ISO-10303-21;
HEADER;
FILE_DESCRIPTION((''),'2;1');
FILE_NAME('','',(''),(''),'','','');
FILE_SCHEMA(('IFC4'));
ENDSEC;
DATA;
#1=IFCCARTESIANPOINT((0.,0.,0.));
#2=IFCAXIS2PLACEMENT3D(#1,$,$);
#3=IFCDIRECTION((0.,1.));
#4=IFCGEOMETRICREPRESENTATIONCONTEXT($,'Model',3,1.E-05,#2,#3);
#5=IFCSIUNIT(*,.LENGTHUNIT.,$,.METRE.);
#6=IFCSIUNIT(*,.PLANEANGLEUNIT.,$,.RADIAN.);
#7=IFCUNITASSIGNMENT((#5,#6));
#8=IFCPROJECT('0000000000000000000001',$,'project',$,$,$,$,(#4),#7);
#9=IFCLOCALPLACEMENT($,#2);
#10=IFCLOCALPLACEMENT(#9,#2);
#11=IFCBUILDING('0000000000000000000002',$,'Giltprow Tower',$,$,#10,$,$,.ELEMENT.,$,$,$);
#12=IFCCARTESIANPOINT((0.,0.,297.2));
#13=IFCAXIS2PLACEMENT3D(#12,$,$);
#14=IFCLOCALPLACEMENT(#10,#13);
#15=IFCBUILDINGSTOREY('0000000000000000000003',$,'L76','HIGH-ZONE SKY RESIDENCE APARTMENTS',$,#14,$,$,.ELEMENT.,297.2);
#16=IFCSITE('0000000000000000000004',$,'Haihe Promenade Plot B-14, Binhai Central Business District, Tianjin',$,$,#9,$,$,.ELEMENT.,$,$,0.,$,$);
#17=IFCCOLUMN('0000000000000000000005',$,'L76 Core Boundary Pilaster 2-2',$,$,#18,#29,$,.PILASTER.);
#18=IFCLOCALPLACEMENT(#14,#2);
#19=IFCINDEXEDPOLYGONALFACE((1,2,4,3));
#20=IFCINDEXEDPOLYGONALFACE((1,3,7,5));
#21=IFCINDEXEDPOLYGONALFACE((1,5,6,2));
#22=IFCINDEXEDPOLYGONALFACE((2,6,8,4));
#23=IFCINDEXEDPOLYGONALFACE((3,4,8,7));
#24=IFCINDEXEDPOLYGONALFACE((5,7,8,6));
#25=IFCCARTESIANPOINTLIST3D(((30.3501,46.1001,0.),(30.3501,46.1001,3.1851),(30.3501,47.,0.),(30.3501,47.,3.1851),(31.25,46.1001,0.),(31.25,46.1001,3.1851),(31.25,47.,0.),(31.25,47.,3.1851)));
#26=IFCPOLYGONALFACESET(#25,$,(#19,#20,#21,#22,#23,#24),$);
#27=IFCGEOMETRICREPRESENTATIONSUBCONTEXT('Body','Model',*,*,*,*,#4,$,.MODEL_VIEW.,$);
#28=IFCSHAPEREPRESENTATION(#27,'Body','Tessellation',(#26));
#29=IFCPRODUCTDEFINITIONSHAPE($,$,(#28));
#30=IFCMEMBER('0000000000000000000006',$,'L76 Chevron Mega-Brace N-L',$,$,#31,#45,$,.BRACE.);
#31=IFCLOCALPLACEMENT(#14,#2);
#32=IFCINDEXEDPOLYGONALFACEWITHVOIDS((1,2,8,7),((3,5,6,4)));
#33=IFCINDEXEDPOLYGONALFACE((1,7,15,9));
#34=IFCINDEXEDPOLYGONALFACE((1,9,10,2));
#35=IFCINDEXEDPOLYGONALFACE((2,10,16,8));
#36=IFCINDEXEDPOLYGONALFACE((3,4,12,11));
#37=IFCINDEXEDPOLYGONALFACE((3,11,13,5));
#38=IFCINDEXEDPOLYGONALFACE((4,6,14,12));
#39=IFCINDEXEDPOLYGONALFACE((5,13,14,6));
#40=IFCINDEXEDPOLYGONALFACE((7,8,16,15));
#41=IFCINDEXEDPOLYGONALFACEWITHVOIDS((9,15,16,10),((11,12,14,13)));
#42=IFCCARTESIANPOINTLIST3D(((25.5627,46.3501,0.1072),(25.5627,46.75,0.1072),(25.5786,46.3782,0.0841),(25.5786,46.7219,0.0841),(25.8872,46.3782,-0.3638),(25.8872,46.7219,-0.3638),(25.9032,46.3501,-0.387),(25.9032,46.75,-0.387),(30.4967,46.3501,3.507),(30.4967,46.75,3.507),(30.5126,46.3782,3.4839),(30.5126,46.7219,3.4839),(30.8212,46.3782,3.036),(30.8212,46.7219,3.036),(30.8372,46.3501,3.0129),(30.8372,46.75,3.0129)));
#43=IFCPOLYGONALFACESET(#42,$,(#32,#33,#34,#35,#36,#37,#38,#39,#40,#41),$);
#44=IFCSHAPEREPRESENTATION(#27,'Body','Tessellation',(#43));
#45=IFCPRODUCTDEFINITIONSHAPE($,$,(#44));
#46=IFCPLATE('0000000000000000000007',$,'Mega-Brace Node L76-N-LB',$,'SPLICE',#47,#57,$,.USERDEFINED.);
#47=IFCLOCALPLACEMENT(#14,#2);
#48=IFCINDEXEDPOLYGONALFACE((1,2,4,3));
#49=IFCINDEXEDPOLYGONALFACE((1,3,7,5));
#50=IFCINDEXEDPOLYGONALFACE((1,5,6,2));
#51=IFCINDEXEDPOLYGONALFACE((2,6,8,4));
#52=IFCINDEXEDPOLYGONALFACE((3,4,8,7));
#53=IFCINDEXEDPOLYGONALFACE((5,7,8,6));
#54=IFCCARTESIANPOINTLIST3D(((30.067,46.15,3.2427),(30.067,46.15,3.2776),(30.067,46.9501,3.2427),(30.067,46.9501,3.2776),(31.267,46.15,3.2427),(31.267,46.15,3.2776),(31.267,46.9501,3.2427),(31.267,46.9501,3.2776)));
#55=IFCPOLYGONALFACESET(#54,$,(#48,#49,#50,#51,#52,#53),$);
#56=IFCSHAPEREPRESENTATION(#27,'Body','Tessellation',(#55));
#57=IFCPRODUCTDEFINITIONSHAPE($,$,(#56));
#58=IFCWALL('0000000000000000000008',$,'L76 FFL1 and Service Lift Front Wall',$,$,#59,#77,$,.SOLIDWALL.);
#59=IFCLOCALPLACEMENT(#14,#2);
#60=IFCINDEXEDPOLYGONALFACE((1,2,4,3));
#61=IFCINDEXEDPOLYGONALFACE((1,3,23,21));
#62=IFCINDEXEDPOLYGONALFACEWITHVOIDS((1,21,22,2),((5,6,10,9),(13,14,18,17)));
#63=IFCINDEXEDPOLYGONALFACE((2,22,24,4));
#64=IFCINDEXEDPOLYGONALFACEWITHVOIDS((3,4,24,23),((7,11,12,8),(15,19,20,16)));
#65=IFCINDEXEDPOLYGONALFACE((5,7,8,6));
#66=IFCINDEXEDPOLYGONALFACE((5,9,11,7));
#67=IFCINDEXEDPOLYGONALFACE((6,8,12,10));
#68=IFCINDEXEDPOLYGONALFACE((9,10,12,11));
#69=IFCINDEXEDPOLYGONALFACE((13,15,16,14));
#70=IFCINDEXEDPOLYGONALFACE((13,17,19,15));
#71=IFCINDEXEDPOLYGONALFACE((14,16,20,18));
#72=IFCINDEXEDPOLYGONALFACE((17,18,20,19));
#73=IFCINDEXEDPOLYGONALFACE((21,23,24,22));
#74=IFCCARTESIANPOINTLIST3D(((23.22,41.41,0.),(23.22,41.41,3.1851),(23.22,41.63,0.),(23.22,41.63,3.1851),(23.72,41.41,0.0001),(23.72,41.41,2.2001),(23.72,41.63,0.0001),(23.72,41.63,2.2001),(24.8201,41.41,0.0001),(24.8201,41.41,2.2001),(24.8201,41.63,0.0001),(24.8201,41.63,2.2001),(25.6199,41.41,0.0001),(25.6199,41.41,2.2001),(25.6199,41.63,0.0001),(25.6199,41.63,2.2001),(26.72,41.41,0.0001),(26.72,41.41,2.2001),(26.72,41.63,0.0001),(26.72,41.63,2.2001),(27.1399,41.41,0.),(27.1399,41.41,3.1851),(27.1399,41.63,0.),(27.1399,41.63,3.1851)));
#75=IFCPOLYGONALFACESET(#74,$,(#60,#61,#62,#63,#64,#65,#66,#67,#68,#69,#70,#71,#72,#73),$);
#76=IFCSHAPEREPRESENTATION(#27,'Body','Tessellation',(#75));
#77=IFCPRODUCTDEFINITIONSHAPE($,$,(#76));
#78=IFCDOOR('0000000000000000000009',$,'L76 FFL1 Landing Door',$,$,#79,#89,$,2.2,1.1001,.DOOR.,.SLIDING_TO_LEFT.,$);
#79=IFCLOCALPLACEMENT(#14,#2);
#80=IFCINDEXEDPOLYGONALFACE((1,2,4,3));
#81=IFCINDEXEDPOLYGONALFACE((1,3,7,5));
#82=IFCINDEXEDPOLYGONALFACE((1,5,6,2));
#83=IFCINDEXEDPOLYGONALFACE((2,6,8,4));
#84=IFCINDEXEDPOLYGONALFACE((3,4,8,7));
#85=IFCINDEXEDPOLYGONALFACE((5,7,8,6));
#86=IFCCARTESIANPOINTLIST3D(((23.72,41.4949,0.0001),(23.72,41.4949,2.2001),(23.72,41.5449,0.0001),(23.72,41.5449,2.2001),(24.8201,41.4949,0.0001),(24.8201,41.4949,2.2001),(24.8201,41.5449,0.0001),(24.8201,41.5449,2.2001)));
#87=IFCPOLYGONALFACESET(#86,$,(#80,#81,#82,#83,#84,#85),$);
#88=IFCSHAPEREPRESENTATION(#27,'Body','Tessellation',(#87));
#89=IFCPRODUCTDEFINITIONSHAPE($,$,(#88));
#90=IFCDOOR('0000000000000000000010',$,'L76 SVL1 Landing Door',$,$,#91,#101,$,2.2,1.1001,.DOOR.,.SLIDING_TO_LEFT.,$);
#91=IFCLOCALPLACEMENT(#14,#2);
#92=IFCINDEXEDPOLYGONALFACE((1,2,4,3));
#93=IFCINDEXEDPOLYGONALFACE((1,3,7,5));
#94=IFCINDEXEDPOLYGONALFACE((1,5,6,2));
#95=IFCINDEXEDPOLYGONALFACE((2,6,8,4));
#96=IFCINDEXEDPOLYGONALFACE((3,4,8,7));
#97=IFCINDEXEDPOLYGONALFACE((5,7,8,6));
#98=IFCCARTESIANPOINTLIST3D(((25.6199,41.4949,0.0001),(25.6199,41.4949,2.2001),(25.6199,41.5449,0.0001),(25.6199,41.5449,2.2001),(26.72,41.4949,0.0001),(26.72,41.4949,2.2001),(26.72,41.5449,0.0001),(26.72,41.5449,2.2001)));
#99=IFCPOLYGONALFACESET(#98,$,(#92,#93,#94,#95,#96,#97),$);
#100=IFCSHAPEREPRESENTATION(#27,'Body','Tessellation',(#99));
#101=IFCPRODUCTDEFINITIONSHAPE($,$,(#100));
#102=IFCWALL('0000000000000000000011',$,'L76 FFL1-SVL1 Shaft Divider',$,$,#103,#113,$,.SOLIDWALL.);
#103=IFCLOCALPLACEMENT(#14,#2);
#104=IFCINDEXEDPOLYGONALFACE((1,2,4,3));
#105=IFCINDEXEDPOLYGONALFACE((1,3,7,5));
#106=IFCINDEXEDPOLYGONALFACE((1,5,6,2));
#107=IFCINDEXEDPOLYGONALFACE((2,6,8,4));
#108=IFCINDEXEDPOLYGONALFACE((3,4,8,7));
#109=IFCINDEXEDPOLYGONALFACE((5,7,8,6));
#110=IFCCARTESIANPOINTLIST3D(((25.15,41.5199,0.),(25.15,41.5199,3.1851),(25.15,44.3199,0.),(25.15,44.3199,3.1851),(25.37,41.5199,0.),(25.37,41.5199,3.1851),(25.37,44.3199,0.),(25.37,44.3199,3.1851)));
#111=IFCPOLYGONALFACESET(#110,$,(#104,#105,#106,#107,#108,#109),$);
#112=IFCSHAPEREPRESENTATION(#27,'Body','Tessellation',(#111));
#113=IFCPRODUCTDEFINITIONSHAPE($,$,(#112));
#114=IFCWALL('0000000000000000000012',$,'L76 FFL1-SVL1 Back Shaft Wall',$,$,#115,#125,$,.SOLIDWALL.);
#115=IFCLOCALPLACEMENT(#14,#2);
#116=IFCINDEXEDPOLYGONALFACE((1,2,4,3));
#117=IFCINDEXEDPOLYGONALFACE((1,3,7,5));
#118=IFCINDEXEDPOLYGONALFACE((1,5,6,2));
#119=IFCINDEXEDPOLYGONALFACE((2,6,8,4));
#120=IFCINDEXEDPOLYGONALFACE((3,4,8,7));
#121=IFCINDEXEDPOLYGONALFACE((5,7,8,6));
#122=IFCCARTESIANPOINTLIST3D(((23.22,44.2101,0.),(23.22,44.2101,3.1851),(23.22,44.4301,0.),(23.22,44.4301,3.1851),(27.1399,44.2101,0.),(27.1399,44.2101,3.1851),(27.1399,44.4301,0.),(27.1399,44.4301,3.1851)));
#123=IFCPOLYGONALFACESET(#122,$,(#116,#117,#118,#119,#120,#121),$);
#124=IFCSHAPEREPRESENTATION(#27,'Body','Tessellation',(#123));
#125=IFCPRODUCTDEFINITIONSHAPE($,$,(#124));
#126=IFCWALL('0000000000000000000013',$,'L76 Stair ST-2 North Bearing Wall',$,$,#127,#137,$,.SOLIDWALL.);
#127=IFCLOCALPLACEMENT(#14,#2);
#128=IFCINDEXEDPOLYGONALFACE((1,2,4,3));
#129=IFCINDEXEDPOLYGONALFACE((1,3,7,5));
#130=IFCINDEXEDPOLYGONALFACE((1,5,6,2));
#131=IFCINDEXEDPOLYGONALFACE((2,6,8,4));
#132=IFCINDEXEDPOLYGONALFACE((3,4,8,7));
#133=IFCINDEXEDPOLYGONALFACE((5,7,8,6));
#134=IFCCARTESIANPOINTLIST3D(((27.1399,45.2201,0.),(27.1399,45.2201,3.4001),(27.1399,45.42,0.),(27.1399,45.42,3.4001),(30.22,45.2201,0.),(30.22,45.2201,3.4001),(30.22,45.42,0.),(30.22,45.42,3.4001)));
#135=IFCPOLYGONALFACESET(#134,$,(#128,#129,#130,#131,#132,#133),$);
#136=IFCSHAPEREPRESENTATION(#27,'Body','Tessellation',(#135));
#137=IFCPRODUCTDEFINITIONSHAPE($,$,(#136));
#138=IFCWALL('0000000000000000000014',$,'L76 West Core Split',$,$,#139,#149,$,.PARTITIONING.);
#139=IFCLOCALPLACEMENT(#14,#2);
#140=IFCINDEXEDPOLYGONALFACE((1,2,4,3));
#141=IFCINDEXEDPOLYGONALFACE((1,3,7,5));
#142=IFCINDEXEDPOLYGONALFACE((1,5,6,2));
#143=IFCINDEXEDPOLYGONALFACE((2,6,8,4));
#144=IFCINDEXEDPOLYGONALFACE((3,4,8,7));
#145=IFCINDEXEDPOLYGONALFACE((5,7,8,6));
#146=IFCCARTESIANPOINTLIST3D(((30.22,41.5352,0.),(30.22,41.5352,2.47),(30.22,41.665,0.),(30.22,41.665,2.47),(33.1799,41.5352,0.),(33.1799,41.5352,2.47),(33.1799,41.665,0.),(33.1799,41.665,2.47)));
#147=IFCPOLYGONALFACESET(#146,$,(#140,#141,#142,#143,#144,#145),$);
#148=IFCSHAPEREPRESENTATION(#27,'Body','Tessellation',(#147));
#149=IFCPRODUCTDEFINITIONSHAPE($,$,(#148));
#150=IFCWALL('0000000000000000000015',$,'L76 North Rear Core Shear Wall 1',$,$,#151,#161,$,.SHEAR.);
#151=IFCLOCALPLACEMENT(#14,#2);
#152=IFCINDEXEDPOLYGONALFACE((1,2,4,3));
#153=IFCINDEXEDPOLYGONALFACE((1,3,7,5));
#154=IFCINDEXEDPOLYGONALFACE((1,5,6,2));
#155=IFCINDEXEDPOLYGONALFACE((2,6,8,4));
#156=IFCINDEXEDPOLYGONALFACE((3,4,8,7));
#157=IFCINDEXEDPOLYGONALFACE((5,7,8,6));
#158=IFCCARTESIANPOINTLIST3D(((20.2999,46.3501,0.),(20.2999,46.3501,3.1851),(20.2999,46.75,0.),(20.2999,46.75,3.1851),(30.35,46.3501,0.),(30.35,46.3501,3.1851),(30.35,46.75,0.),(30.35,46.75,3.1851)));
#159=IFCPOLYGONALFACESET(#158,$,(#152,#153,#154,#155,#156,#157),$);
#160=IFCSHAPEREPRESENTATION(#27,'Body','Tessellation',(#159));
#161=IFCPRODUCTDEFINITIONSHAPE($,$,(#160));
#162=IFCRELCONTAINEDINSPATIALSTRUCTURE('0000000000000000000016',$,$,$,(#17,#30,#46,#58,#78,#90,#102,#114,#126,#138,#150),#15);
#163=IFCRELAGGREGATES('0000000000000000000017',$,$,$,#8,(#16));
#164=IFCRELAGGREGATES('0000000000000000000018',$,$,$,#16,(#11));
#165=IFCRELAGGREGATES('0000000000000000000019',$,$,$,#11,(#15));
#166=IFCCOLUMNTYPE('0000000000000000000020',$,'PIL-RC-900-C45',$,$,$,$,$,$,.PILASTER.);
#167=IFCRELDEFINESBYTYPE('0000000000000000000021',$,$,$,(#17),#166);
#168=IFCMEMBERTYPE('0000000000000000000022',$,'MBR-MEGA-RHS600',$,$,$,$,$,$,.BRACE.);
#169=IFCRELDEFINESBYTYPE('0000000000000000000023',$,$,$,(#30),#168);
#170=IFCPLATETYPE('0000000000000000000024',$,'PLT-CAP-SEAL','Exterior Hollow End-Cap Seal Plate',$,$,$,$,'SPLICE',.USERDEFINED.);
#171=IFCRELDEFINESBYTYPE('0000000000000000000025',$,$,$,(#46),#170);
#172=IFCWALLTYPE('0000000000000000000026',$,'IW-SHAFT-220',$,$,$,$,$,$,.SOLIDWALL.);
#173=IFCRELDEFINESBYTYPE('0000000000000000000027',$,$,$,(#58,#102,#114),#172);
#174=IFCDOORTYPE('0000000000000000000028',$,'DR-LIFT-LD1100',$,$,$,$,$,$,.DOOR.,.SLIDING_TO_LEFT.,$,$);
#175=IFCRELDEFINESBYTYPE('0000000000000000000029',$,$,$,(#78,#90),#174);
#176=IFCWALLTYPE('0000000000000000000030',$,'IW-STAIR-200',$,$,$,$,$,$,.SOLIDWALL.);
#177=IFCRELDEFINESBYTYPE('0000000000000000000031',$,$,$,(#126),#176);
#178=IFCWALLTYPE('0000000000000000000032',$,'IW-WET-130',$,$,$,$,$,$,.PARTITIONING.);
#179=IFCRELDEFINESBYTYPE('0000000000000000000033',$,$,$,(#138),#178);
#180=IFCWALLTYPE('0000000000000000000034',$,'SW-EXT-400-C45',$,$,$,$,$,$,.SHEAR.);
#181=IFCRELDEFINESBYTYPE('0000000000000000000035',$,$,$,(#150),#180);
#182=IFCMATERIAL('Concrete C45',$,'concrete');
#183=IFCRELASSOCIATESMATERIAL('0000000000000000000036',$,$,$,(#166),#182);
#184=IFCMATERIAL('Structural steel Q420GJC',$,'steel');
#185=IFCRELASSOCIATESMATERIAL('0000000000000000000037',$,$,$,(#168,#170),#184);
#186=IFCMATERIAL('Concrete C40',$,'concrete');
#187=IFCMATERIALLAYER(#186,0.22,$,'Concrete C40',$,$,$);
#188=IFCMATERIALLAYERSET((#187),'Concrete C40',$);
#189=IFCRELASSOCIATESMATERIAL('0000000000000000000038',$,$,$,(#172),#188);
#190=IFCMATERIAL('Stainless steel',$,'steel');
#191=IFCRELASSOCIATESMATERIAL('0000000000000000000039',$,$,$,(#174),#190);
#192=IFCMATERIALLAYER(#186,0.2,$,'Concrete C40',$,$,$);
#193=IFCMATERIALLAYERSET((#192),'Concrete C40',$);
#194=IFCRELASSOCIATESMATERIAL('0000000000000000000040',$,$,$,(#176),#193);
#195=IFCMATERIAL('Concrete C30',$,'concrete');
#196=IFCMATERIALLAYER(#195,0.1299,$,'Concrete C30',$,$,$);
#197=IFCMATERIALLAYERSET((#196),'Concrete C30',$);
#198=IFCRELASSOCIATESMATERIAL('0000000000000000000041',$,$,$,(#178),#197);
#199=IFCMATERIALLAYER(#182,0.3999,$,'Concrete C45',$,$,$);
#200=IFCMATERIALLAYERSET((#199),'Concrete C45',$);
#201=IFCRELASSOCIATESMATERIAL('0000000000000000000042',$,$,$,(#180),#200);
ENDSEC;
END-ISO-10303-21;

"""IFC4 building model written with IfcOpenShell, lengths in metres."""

from ifc_helpers import new_model, si_unit, direction, frame, frame_2d, origin, origin_2d, place, context, subcontext, project, spatial, rectangle, hollow_rectangle, extrude, source, transform, mapped, material, layer, layer_set, material_profile, profile_set, type_object, element, fill, save


model = new_model("IFC4")

# Units and contexts
model_context = context("Model", 3, precision=1e-05, world=origin(), true_north=direction((0.0, 1.0)))
body_context = subcontext(model_context, "Body", "Model", "MODEL_VIEW")
ifc_project = project(units=[si_unit("LENGTHUNIT", "METRE"), si_unit("PLANEANGLEUNIT", "RADIAN")], contexts=[model_context])

# Site, building, storey
site_placement = place(None, origin())
site = spatial("IfcSite", under=ifc_project, at=site_placement, Name="Haihe Promenade Plot B-14, Binhai Central Business District, Tianjin", CompositionType="ELEMENT", RefElevation=0.0)
building_placement = place(site_placement, origin())
building = spatial("IfcBuilding", under=site, at=building_placement, Name="Giltprow Tower", CompositionType="ELEMENT")
storey_placement = place(building_placement, frame((0.0, 0.0, 297.2)))
storey = spatial("IfcBuildingStorey", under=building, at=storey_placement, Name="L76", Description="HIGH-ZONE SKY RESIDENCE APARTMENTS", CompositionType="ELEMENT", Elevation=297.2)

# Column
ifc_material_1 = material(Name="Concrete C45", Category="concrete")
ifc_material_profile_1 = material_profile(ifc_material_1, rectangle(XDim=0.8999, YDim=0.8999, at=origin_2d()), Name="RC 900x900")
ifc_profile_set_1 = profile_set([ifc_material_profile_1], Name="Concrete C45")
column_type = type_object("IfcColumnType", Name="PIL-RC-900-C45", PredefinedType="PILASTER", material=ifc_profile_set_1)
shared_shape_1 = source(origin(), body_context, "Body", "SweptSolid", [
    extrude(rectangle(XDim=0.8999, YDim=0.8999, at=origin_2d()), origin(), (0.0, 0.0, 1.0), 3.1851),
])
column_placement = place(storey_placement, frame((30.8, 46.55, 0.0), z_axis=(0.0, 0.0, 1.0), x_axis=(1.0, 0.0, 0.0)))
element("IfcColumn", 1, at=column_placement, inside=storey, type_object=column_type, Name="L76 Core Boundary Pilaster 2-2", PredefinedType="PILASTER", context=body_context, shape_type="MappedRepresentation", body=[
    mapped(shared_shape_1, transform((0.0, 0.0, 0.0), x_axis=(1.0, 0.0, 0.0), y_axis=(0.0, 1.0, 0.0), z_axis=(0.0, 0.0, 1.0), scale=1.0)),
])

# Member
ifc_material_2 = material(Name="Structural steel Q420GJC", Category="steel")
ifc_material_profile_2 = material_profile(ifc_material_2, hollow_rectangle(XDim=0.3999, YDim=0.6001, WallThickness=0.0281, at=origin_2d()), Name="RHS 600x400x28")
ifc_profile_set_2 = profile_set([ifc_material_profile_2], Name="Structural steel Q420GJC")
member_type = type_object("IfcMemberType", Name="MBR-MEGA-RHS600", PredefinedType="BRACE", material=ifc_profile_set_2)
shared_shape_2 = source(origin(), body_context, "Body", "SweptSolid", [
    extrude(hollow_rectangle(XDim=0.3999, YDim=0.6001, WallThickness=0.0281, at=origin_2d()), origin(), (0.0, 0.0, 1.0), 5.9919),
])
member_placement = place(storey_placement, frame((25.7329, 46.55, -0.1399), z_axis=(0.82344, 0.0, 0.567403), x_axis=(0.0, 1.0, 0.0)))
element("IfcMember", 2, at=member_placement, inside=storey, type_object=member_type, Name="L76 Chevron Mega-Brace N-L", PredefinedType="BRACE", context=body_context, shape_type="MappedRepresentation", body=[
    mapped(shared_shape_2, transform((0.0, 0.0, 0.0), x_axis=(1.0, 0.0, 0.0), y_axis=(0.0, 1.0, 0.0), z_axis=(0.0, 0.0, 1.0), scale=1.0)),
])

# Plate
plate_type = type_object("IfcPlateType", Name="PLT-CAP-SEAL", Description="Exterior Hollow End-Cap Seal Plate", ElementType="SPLICE", PredefinedType="USERDEFINED", material=ifc_material_2)
shared_shape_3 = source(origin(), body_context, "Body", "SweptSolid", [
    extrude(rectangle(XDim=1.2, YDim=0.8, at=origin_2d()), origin(), (0.0, 0.0, 1.0), 0.0349),
])
plate_placement = place(storey_placement, frame((30.667, 46.55, 3.2427), z_axis=(0.0, 0.0, 1.0), x_axis=(1.0, 0.0, 0.0)))
element("IfcPlate", 3, at=plate_placement, inside=storey, type_object=plate_type, Name="Mega-Brace Node L76-N-LB", ObjectType="SPLICE", PredefinedType="USERDEFINED", context=body_context, shape_type="MappedRepresentation", body=[
    mapped(shared_shape_3, transform((0.0, 0.0, 0.0), x_axis=(1.0, 0.0, 0.0), y_axis=(0.0, 1.0, 0.0), z_axis=(0.0, 0.0, 1.0), scale=1.0)),
])

# Wall, openings, doors
ifc_material_3 = material(Name="Concrete C40", Category="concrete")
ifc_layer_1 = layer(ifc_material_3, 0.22, Name="Concrete C40")
ifc_layer_set_1 = layer_set([ifc_layer_1], Name="Concrete C40")
wall_type_1 = type_object("IfcWallType", Name="IW-SHAFT-220", PredefinedType="SOLIDWALL", material=ifc_layer_set_1)
wall_1_placement = place(storey_placement, frame((23.22, 41.52, 0.0), z_axis=(0.0, 0.0, 1.0), x_axis=(1.0, 0.0, 0.0)))
wall_1 = element("IfcWall", 4, at=wall_1_placement, inside=storey, type_object=wall_type_1, Name="L76 FFL1 and Service Lift Front Wall", PredefinedType="SOLIDWALL", context=body_context, shape_type="SweptSolid", body=[
    extrude(rectangle(XDim=3.9199, YDim=0.22, at=frame_2d((1.96, 0.0))), origin(), (0.0, 0.0, 1.0), 3.1851),
])
opening_1_placement = place(wall_1_placement, frame((0.5, 0.0, 0.0)))
opening_1 = element("IfcOpeningElement", 5, at=opening_1_placement, cuts=wall_1, PredefinedType="OPENING", context=body_context, shape_type="SweptSolid", body=[
    extrude(rectangle(XDim=1.1001, YDim=2.2, at=frame_2d((0.55, 1.1001))), frame((0.0, 0.1199, 0.0), z_axis=(0.0, -1.0, 0.0), x_axis=(1.0, 0.0, 0.0)), (0.0, 0.0, 1.0), 0.24),
])
opening_2_placement = place(wall_1_placement, frame((2.3999, 0.0, 0.0)))
opening_2 = element("IfcOpeningElement", 6, at=opening_2_placement, cuts=wall_1, PredefinedType="OPENING", context=body_context, shape_type="SweptSolid", body=[
    extrude(rectangle(XDim=1.1001, YDim=2.2, at=frame_2d((0.55, 1.1001))), frame((0.0, 0.1199, 0.0), z_axis=(0.0, -1.0, 0.0), x_axis=(1.0, 0.0, 0.0)), (0.0, 0.0, 1.0), 0.24),
])
ifc_material_4 = material(Name="Stainless steel", Category="steel")
door_type = type_object("IfcDoorType", Name="DR-LIFT-LD1100", OperationType="SLIDING_TO_LEFT", PredefinedType="DOOR", material=ifc_material_4)
shared_shape_4 = source(origin(), body_context, "Body", "SweptSolid", [
    extrude(rectangle(XDim=1.1001, YDim=2.2, at=frame_2d((0.55, 1.1001))), frame((0.0, 0.0249, 0.0), z_axis=(0.0, -1.0, 0.0), x_axis=(1.0, 0.0, 0.0)), (0.0, 0.0, 1.0), 0.05),
])
door_1_placement = place(opening_1_placement, origin())
door_1 = element("IfcDoor", 7, at=door_1_placement, inside=storey, type_object=door_type, Name="L76 FFL1 Landing Door", OperationType="SLIDING_TO_LEFT", OverallHeight=2.2, OverallWidth=1.1001, PredefinedType="DOOR", context=body_context, shape_type="MappedRepresentation", body=[
    mapped(shared_shape_4, transform((0.0, 0.0, 0.0), x_axis=(1.0, 0.0, 0.0), y_axis=(0.0, 1.0, 0.0), z_axis=(0.0, 0.0, 1.0), scale=1.0)),
])
fill(opening_1, door_1)
door_2_placement = place(opening_2_placement, origin())
door_2 = element("IfcDoor", 8, at=door_2_placement, inside=storey, type_object=door_type, Name="L76 SVL1 Landing Door", OperationType="SLIDING_TO_LEFT", OverallHeight=2.2, OverallWidth=1.1001, PredefinedType="DOOR", context=body_context, shape_type="MappedRepresentation", body=[
    mapped(shared_shape_4, transform((0.0, 0.0, 0.0), x_axis=(1.0, 0.0, 0.0), y_axis=(0.0, 1.0, 0.0), z_axis=(0.0, 0.0, 1.0), scale=1.0)),
])
fill(opening_2, door_2)

# Walls
wall_2_placement = place(storey_placement, frame((25.26, 41.52, 0.0), z_axis=(0.0, 0.0, 1.0), x_axis=(0.0, 1.0, 0.0)))
element("IfcWall", 9, at=wall_2_placement, inside=storey, type_object=wall_type_1, Name="L76 FFL1-SVL1 Shaft Divider", PredefinedType="SOLIDWALL", context=body_context, shape_type="SweptSolid", body=[
    extrude(rectangle(XDim=2.8, YDim=0.22, at=frame_2d((1.3999, 0.0))), origin(), (0.0, 0.0, 1.0), 3.1851),
])
wall_3_placement = place(storey_placement, frame((23.22, 44.3201, 0.0), z_axis=(0.0, 0.0, 1.0), x_axis=(1.0, 0.0, 0.0)))
element("IfcWall", 10, at=wall_3_placement, inside=storey, type_object=wall_type_1, Name="L76 FFL1-SVL1 Back Shaft Wall", PredefinedType="SOLIDWALL", context=body_context, shape_type="SweptSolid", body=[
    extrude(rectangle(XDim=3.9199, YDim=0.22, at=frame_2d((1.96, 0.0))), origin(), (0.0, 0.0, 1.0), 3.1851),
])
ifc_layer_2 = layer(ifc_material_3, 0.2, Name="Concrete C40")
ifc_layer_set_2 = layer_set([ifc_layer_2], Name="Concrete C40")
wall_type_2 = type_object("IfcWallType", Name="IW-STAIR-200", PredefinedType="SOLIDWALL", material=ifc_layer_set_2)
wall_4_placement = place(storey_placement, frame((27.1399, 45.3201, 0.0), z_axis=(0.0, 0.0, 1.0), x_axis=(1.0, 0.0, 0.0)))
element("IfcWall", 11, at=wall_4_placement, inside=storey, type_object=wall_type_2, Name="L76 Stair ST-2 North Bearing Wall", PredefinedType="SOLIDWALL", context=body_context, shape_type="SweptSolid", body=[
    extrude(rectangle(XDim=3.0801, YDim=0.2, at=frame_2d((1.54, 0.0))), origin(), (0.0, 0.0, 1.0), 3.4001),
])
ifc_material_5 = material(Name="Concrete C30", Category="concrete")
ifc_layer_3 = layer(ifc_material_5, 0.1299, Name="Concrete C30")
ifc_layer_set_3 = layer_set([ifc_layer_3], Name="Concrete C30")
wall_type_3 = type_object("IfcWallType", Name="IW-WET-130", PredefinedType="PARTITIONING", material=ifc_layer_set_3)
wall_5_placement = place(storey_placement, frame((30.22, 41.6001, 0.0), z_axis=(0.0, 0.0, 1.0), x_axis=(1.0, 0.0, 0.0)))
element("IfcWall", 12, at=wall_5_placement, inside=storey, type_object=wall_type_3, Name="L76 West Core Split", PredefinedType="PARTITIONING", context=body_context, shape_type="SweptSolid", body=[
    extrude(rectangle(XDim=2.96, YDim=0.1299, at=frame_2d((1.48, 0.0))), origin(), (0.0, 0.0, 1.0), 2.47),
])
ifc_layer_4 = layer(ifc_material_1, 0.3999, Name="Concrete C45")
ifc_layer_set_4 = layer_set([ifc_layer_4], Name="Concrete C45")
wall_type_4 = type_object("IfcWallType", Name="SW-EXT-400-C45", PredefinedType="SHEAR", material=ifc_layer_set_4)
wall_6_placement = place(storey_placement, frame((20.3, 46.55, 0.0), z_axis=(0.0, 0.0, 1.0), x_axis=(1.0, 0.0, 0.0)))
element("IfcWall", 13, at=wall_6_placement, inside=storey, type_object=wall_type_4, Name="L76 North Rear Core Shear Wall 1", PredefinedType="SHEAR", context=body_context, shape_type="SweptSolid", body=[
    extrude(rectangle(XDim=10.05, YDim=0.3999, at=frame_2d((5.0249, 0.0))), origin(), (0.0, 0.0, 1.0), 3.1851),
])

save(model, "model.ifc")
